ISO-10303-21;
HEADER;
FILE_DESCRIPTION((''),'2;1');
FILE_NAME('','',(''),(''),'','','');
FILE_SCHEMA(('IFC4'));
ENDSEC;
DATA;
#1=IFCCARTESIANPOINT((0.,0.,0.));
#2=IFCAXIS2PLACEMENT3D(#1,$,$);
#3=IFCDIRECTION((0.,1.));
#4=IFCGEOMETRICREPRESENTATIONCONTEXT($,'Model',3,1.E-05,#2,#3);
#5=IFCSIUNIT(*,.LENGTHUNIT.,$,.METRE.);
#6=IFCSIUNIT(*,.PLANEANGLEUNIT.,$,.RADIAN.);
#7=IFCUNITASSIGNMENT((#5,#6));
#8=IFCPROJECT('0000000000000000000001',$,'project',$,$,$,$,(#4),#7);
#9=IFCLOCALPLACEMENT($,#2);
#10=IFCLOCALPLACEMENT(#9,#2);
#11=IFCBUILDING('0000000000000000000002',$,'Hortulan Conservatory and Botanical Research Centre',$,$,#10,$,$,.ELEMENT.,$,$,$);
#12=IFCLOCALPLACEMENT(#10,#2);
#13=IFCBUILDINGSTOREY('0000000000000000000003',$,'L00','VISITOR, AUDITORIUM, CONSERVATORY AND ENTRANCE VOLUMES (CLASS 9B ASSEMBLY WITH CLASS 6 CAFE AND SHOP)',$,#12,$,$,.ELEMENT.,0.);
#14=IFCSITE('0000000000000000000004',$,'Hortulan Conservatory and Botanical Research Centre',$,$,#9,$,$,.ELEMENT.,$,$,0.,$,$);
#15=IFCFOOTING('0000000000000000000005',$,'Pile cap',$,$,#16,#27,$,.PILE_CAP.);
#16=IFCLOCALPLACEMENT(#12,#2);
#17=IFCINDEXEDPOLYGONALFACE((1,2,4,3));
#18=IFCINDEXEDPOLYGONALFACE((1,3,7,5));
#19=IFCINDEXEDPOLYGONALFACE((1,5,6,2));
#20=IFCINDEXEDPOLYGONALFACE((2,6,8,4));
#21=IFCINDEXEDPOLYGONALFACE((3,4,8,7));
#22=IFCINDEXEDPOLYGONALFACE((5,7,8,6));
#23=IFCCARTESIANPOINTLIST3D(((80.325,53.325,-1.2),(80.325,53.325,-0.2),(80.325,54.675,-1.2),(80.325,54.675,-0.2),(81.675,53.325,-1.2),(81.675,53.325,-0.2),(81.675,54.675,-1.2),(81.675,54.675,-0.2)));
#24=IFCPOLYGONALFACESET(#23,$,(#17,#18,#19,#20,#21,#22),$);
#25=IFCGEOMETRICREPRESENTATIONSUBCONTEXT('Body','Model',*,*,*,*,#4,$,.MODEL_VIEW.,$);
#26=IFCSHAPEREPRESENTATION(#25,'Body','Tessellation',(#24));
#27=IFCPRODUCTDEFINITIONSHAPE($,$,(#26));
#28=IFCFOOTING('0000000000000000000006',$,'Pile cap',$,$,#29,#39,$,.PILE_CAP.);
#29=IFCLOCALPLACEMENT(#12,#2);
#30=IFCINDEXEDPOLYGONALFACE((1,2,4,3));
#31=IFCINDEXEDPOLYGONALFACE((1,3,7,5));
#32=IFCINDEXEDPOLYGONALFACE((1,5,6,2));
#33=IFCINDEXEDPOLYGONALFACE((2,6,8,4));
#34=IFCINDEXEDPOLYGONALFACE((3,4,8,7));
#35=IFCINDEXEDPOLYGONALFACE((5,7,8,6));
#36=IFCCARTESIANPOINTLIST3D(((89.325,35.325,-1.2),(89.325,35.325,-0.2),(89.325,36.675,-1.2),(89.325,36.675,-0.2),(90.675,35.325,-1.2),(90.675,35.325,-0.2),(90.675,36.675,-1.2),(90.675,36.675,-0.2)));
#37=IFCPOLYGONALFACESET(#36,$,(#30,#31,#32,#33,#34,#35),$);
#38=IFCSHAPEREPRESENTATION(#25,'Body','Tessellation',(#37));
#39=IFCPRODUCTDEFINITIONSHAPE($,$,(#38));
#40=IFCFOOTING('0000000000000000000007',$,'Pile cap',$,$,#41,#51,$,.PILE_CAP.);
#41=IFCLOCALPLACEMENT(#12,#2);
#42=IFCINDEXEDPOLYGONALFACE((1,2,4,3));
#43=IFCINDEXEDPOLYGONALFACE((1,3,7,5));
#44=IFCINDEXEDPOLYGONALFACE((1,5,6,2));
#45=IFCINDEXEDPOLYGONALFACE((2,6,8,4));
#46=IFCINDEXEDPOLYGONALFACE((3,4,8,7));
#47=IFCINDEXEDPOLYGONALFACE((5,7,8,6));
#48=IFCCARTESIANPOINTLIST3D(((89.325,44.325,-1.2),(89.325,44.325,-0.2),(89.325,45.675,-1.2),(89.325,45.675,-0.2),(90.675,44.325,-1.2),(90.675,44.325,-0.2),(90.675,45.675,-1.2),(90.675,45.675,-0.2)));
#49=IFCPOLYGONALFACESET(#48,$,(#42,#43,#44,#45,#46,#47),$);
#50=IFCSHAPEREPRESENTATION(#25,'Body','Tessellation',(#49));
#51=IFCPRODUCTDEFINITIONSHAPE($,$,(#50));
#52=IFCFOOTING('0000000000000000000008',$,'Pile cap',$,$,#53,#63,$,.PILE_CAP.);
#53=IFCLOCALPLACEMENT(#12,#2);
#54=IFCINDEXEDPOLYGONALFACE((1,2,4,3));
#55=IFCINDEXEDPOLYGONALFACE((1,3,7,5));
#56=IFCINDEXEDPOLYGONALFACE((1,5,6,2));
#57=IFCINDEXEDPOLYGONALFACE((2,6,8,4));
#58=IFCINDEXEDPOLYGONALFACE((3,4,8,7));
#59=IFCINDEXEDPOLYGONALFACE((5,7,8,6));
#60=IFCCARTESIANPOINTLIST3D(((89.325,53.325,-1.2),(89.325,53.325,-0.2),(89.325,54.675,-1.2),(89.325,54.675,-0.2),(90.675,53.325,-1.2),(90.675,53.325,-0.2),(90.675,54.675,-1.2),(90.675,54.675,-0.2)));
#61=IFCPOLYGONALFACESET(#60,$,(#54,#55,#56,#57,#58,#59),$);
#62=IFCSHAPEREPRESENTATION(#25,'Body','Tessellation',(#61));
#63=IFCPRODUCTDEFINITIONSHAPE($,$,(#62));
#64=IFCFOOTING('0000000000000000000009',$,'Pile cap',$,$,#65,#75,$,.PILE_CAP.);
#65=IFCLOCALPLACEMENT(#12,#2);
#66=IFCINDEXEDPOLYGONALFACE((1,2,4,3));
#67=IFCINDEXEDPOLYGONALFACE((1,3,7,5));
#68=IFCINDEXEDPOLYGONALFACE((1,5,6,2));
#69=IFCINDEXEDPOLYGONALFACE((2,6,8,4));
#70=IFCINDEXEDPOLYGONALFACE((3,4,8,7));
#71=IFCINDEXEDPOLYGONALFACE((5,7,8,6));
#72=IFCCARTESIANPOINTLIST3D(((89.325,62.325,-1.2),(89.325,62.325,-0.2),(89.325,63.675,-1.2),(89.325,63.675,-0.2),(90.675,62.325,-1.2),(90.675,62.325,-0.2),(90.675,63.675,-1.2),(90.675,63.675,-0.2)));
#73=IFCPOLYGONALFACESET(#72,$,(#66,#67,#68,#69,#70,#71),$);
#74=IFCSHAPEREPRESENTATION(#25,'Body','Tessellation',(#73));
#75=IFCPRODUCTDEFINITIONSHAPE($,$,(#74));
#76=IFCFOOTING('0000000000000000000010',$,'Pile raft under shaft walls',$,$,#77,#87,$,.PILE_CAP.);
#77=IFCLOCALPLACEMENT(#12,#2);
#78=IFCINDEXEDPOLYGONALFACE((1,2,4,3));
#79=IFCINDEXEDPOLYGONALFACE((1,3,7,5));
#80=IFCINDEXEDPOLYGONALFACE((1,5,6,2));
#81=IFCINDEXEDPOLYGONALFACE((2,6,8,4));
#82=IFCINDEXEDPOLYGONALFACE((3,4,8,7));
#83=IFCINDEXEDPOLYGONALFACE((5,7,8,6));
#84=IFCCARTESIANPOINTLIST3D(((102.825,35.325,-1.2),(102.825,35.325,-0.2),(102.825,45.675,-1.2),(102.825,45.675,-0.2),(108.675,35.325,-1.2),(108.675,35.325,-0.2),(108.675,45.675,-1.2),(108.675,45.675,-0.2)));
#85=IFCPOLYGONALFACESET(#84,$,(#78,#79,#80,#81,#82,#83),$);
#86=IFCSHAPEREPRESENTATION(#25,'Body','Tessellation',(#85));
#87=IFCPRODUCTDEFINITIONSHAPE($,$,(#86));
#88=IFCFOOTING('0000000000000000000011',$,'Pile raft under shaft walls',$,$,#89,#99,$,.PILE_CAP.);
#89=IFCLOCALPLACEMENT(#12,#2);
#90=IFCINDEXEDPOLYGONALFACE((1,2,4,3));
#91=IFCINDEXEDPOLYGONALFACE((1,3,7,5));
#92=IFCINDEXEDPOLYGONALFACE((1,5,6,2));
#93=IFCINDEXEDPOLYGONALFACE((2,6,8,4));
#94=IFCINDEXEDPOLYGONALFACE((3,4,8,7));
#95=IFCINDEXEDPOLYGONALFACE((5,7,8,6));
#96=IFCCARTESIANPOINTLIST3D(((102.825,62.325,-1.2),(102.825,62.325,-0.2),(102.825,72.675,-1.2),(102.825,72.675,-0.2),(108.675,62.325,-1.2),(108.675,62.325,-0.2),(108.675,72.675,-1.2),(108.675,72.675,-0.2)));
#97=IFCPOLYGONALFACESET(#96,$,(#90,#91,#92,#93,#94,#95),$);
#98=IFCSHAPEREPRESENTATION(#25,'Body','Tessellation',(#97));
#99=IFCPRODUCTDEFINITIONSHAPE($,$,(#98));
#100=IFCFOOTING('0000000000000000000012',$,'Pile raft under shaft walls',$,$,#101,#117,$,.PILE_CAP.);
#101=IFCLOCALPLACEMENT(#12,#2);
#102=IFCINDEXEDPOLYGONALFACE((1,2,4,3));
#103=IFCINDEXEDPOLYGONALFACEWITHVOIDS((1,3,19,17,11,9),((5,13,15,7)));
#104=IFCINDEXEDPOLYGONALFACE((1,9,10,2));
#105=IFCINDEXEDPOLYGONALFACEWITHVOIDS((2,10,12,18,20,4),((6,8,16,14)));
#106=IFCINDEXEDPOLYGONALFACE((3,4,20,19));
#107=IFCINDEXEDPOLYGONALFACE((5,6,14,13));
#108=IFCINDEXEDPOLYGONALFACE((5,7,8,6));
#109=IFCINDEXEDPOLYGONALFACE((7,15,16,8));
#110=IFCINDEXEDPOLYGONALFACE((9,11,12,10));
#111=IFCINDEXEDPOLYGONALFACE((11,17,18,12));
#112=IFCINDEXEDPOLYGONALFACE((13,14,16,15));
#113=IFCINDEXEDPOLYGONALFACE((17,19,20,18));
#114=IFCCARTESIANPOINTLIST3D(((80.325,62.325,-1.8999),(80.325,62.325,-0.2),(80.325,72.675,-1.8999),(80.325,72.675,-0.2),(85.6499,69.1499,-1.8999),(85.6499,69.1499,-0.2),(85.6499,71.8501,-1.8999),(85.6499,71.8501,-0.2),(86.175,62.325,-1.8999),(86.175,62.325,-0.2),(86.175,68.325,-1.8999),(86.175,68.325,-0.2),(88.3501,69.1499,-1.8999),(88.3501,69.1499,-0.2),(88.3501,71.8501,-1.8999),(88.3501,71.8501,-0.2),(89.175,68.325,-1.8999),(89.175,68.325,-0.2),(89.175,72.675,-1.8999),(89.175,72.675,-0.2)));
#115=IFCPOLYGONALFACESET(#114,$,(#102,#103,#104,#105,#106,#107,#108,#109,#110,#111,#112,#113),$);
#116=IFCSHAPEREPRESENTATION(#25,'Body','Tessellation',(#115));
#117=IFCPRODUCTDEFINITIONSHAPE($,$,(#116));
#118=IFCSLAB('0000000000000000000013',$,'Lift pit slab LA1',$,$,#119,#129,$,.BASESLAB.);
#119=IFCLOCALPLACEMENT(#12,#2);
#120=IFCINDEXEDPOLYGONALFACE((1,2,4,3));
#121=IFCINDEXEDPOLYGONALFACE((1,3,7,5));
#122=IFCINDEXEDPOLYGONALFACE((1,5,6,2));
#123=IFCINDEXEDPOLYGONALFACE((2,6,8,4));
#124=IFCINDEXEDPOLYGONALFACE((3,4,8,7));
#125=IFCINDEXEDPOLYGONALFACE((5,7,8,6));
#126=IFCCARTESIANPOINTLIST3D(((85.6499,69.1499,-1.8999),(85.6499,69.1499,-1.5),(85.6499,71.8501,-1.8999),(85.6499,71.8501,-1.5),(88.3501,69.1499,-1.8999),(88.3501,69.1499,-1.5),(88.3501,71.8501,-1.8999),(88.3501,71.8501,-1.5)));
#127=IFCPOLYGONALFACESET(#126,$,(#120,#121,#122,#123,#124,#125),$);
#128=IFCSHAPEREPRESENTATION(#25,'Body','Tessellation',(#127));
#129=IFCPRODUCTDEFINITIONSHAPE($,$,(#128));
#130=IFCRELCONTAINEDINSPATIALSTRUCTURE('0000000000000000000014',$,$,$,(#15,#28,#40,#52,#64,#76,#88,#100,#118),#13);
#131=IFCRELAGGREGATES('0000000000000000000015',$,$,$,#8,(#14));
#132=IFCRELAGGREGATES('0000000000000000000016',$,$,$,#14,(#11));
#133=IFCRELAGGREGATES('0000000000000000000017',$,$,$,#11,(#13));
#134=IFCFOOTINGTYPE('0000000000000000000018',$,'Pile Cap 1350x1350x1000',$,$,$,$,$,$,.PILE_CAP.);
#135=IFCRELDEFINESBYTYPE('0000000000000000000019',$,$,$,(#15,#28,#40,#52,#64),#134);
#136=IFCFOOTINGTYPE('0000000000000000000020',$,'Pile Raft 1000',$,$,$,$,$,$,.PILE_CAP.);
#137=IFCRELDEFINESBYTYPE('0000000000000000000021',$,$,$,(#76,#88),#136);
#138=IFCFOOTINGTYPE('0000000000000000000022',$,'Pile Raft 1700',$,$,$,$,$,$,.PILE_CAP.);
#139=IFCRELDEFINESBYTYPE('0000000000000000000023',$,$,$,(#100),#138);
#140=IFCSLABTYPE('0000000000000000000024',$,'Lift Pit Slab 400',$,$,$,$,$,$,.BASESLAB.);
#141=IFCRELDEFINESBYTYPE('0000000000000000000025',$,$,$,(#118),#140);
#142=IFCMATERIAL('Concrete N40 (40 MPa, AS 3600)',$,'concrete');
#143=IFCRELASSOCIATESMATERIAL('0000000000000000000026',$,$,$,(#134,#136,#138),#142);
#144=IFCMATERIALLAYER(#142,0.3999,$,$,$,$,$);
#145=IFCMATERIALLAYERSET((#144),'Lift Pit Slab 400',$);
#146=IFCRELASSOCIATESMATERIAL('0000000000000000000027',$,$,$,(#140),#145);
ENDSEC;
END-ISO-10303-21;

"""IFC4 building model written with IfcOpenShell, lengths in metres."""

from ifc_helpers import new_model, si_unit, direction, frame, origin, place, context, subcontext, project, spatial, polyline, outline, extrude, material, layer, layer_set, type_object, element, save


model = new_model("IFC4")

# Units and contexts
model_context = context("Model", 3, precision=1e-05, world=origin(), true_north=direction((0.0, 1.0)))
body_context = subcontext(model_context, "Body", "Model", "MODEL_VIEW")
ifc_project = project(units=[si_unit("LENGTHUNIT", "METRE"), si_unit("PLANEANGLEUNIT", "RADIAN")], contexts=[model_context])

# Site, building, storey
site_placement = place(None, origin())
site = spatial("IfcSite", under=ifc_project, at=site_placement, Name="Hortulan Conservatory and Botanical Research Centre", CompositionType="ELEMENT", RefElevation=0.0)
building_placement = place(site_placement, origin())
building = spatial("IfcBuilding", under=site, at=building_placement, Name="Hortulan Conservatory and Botanical Research Centre", CompositionType="ELEMENT")
storey_placement = place(building_placement, origin())
storey = spatial("IfcBuildingStorey", under=building, at=storey_placement, Name="L00", Description="VISITOR, AUDITORIUM, CONSERVATORY AND ENTRANCE VOLUMES (CLASS 9B ASSEMBLY WITH CLASS 6 CAFE AND SHOP)", CompositionType="ELEMENT", Elevation=0.0)

# Footings
ifc_material = material(Name="Concrete N40 (40 MPa, AS 3600)", Category="concrete")
footing_type_1 = type_object("IfcFootingType", Name="Pile Cap 1350x1350x1000", PredefinedType="PILE_CAP", material=ifc_material)
footing_1_placement = place(storey_placement, frame((0.0, 0.0, -1.2)))
element("IfcFooting", 1, at=footing_1_placement, inside=storey, type_object=footing_type_1, Name="Pile cap", PredefinedType="PILE_CAP", context=body_context, shape_type="SweptSolid", body=[
    extrude(outline(polyline([(81.675, 53.325), (81.675, 54.675), (80.325, 54.675), (80.325, 53.325), (81.675, 53.325)])), origin(), (0.0, 0.0, 1.0), 1.0),
])
footing_2_placement = place(storey_placement, frame((0.0, 0.0, -1.2)))
element("IfcFooting", 2, at=footing_2_placement, inside=storey, type_object=footing_type_1, Name="Pile cap", PredefinedType="PILE_CAP", context=body_context, shape_type="SweptSolid", body=[
    extrude(outline(polyline([(90.675, 35.325), (90.675, 36.675), (89.325, 36.675), (89.325, 35.325), (90.675, 35.325)])), origin(), (0.0, 0.0, 1.0), 1.0),
])
footing_3_placement = place(storey_placement, frame((0.0, 0.0, -1.2)))
element("IfcFooting", 3, at=footing_3_placement, inside=storey, type_object=footing_type_1, Name="Pile cap", PredefinedType="PILE_CAP", context=body_context, shape_type="SweptSolid", body=[
    extrude(outline(polyline([(90.675, 44.325), (90.675, 45.675), (89.325, 45.675), (89.325, 44.325), (90.675, 44.325)])), origin(), (0.0, 0.0, 1.0), 1.0),
])
footing_4_placement = place(storey_placement, frame((0.0, 0.0, -1.2)))
element("IfcFooting", 4, at=footing_4_placement, inside=storey, type_object=footing_type_1, Name="Pile cap", PredefinedType="PILE_CAP", context=body_context, shape_type="SweptSolid", body=[
    extrude(outline(polyline([(90.675, 53.325), (90.675, 54.675), (89.325, 54.675), (89.325, 53.325), (90.675, 53.325)])), origin(), (0.0, 0.0, 1.0), 1.0),
])
footing_5_placement = place(storey_placement, frame((0.0, 0.0, -1.2)))
element("IfcFooting", 5, at=footing_5_placement, inside=storey, type_object=footing_type_1, Name="Pile cap", PredefinedType="PILE_CAP", context=body_context, shape_type="SweptSolid", body=[
    extrude(outline(polyline([(90.675, 62.325), (90.675, 63.675), (89.325, 63.675), (89.325, 62.325), (90.675, 62.325)])), origin(), (0.0, 0.0, 1.0), 1.0),
])
footing_type_2 = type_object("IfcFootingType", Name="Pile Raft 1000", PredefinedType="PILE_CAP", material=ifc_material)
footing_6_placement = place(storey_placement, frame((0.0, 0.0, -1.2)))
element("IfcFooting", 6, at=footing_6_placement, inside=storey, type_object=footing_type_2, Name="Pile raft under shaft walls", PredefinedType="PILE_CAP", context=body_context, shape_type="SweptSolid", body=[
    extrude(outline(polyline([(108.675, 35.325), (108.675, 45.675), (102.825, 45.675), (102.825, 35.325), (108.675, 35.325)])), origin(), (0.0, 0.0, 1.0), 1.0),
])
footing_7_placement = place(storey_placement, frame((0.0, 0.0, -1.2)))
element("IfcFooting", 7, at=footing_7_placement, inside=storey, type_object=footing_type_2, Name="Pile raft under shaft walls", PredefinedType="PILE_CAP", context=body_context, shape_type="SweptSolid", body=[
    extrude(outline(polyline([(108.675, 62.325), (108.675, 72.675), (102.825, 72.675), (102.825, 62.325), (108.675, 62.325)])), origin(), (0.0, 0.0, 1.0), 1.0),
])
footing_type_3 = type_object("IfcFootingType", Name="Pile Raft 1700", PredefinedType="PILE_CAP", material=ifc_material)
footing_8_placement = place(storey_placement, frame((0.0, 0.0, -1.8999)))
element("IfcFooting", 8, at=footing_8_placement, inside=storey, type_object=footing_type_3, Name="Pile raft under shaft walls", PredefinedType="PILE_CAP", context=body_context, shape_type="SweptSolid", body=[
    extrude(outline(polyline([(80.325, 62.325), (86.175, 62.325), (86.175, 68.325), (89.175, 68.325), (89.175, 72.675), (80.325, 72.675), (80.325, 62.325)]), holes=[polyline([(88.3501, 71.8501), (85.6499, 71.8501), (85.6499, 69.1499), (88.3501, 69.1499), (88.3501, 71.8501)])]), origin(), (0.0, 0.0, 1.0), 1.7),
])

# Slab
ifc_layer = layer(ifc_material, 0.3999)
ifc_layer_set = layer_set([ifc_layer], Name="Lift Pit Slab 400")
slab_type = type_object("IfcSlabType", Name="Lift Pit Slab 400", PredefinedType="BASESLAB", material=ifc_layer_set)
slab_placement = place(storey_placement, frame((0.0, 0.0, -1.8999)))
element("IfcSlab", 9, at=slab_placement, inside=storey, type_object=slab_type, Name="Lift pit slab LA1", PredefinedType="BASESLAB", context=body_context, shape_type="SweptSolid", body=[
    extrude(outline(polyline([(88.3501, 69.1499), (88.3501, 71.8501), (85.6499, 71.8501), (85.6499, 69.1499), (88.3501, 69.1499)])), origin(), (0.0, 0.0, 1.0), 0.3999),
])

save(model, "model.ifc")
